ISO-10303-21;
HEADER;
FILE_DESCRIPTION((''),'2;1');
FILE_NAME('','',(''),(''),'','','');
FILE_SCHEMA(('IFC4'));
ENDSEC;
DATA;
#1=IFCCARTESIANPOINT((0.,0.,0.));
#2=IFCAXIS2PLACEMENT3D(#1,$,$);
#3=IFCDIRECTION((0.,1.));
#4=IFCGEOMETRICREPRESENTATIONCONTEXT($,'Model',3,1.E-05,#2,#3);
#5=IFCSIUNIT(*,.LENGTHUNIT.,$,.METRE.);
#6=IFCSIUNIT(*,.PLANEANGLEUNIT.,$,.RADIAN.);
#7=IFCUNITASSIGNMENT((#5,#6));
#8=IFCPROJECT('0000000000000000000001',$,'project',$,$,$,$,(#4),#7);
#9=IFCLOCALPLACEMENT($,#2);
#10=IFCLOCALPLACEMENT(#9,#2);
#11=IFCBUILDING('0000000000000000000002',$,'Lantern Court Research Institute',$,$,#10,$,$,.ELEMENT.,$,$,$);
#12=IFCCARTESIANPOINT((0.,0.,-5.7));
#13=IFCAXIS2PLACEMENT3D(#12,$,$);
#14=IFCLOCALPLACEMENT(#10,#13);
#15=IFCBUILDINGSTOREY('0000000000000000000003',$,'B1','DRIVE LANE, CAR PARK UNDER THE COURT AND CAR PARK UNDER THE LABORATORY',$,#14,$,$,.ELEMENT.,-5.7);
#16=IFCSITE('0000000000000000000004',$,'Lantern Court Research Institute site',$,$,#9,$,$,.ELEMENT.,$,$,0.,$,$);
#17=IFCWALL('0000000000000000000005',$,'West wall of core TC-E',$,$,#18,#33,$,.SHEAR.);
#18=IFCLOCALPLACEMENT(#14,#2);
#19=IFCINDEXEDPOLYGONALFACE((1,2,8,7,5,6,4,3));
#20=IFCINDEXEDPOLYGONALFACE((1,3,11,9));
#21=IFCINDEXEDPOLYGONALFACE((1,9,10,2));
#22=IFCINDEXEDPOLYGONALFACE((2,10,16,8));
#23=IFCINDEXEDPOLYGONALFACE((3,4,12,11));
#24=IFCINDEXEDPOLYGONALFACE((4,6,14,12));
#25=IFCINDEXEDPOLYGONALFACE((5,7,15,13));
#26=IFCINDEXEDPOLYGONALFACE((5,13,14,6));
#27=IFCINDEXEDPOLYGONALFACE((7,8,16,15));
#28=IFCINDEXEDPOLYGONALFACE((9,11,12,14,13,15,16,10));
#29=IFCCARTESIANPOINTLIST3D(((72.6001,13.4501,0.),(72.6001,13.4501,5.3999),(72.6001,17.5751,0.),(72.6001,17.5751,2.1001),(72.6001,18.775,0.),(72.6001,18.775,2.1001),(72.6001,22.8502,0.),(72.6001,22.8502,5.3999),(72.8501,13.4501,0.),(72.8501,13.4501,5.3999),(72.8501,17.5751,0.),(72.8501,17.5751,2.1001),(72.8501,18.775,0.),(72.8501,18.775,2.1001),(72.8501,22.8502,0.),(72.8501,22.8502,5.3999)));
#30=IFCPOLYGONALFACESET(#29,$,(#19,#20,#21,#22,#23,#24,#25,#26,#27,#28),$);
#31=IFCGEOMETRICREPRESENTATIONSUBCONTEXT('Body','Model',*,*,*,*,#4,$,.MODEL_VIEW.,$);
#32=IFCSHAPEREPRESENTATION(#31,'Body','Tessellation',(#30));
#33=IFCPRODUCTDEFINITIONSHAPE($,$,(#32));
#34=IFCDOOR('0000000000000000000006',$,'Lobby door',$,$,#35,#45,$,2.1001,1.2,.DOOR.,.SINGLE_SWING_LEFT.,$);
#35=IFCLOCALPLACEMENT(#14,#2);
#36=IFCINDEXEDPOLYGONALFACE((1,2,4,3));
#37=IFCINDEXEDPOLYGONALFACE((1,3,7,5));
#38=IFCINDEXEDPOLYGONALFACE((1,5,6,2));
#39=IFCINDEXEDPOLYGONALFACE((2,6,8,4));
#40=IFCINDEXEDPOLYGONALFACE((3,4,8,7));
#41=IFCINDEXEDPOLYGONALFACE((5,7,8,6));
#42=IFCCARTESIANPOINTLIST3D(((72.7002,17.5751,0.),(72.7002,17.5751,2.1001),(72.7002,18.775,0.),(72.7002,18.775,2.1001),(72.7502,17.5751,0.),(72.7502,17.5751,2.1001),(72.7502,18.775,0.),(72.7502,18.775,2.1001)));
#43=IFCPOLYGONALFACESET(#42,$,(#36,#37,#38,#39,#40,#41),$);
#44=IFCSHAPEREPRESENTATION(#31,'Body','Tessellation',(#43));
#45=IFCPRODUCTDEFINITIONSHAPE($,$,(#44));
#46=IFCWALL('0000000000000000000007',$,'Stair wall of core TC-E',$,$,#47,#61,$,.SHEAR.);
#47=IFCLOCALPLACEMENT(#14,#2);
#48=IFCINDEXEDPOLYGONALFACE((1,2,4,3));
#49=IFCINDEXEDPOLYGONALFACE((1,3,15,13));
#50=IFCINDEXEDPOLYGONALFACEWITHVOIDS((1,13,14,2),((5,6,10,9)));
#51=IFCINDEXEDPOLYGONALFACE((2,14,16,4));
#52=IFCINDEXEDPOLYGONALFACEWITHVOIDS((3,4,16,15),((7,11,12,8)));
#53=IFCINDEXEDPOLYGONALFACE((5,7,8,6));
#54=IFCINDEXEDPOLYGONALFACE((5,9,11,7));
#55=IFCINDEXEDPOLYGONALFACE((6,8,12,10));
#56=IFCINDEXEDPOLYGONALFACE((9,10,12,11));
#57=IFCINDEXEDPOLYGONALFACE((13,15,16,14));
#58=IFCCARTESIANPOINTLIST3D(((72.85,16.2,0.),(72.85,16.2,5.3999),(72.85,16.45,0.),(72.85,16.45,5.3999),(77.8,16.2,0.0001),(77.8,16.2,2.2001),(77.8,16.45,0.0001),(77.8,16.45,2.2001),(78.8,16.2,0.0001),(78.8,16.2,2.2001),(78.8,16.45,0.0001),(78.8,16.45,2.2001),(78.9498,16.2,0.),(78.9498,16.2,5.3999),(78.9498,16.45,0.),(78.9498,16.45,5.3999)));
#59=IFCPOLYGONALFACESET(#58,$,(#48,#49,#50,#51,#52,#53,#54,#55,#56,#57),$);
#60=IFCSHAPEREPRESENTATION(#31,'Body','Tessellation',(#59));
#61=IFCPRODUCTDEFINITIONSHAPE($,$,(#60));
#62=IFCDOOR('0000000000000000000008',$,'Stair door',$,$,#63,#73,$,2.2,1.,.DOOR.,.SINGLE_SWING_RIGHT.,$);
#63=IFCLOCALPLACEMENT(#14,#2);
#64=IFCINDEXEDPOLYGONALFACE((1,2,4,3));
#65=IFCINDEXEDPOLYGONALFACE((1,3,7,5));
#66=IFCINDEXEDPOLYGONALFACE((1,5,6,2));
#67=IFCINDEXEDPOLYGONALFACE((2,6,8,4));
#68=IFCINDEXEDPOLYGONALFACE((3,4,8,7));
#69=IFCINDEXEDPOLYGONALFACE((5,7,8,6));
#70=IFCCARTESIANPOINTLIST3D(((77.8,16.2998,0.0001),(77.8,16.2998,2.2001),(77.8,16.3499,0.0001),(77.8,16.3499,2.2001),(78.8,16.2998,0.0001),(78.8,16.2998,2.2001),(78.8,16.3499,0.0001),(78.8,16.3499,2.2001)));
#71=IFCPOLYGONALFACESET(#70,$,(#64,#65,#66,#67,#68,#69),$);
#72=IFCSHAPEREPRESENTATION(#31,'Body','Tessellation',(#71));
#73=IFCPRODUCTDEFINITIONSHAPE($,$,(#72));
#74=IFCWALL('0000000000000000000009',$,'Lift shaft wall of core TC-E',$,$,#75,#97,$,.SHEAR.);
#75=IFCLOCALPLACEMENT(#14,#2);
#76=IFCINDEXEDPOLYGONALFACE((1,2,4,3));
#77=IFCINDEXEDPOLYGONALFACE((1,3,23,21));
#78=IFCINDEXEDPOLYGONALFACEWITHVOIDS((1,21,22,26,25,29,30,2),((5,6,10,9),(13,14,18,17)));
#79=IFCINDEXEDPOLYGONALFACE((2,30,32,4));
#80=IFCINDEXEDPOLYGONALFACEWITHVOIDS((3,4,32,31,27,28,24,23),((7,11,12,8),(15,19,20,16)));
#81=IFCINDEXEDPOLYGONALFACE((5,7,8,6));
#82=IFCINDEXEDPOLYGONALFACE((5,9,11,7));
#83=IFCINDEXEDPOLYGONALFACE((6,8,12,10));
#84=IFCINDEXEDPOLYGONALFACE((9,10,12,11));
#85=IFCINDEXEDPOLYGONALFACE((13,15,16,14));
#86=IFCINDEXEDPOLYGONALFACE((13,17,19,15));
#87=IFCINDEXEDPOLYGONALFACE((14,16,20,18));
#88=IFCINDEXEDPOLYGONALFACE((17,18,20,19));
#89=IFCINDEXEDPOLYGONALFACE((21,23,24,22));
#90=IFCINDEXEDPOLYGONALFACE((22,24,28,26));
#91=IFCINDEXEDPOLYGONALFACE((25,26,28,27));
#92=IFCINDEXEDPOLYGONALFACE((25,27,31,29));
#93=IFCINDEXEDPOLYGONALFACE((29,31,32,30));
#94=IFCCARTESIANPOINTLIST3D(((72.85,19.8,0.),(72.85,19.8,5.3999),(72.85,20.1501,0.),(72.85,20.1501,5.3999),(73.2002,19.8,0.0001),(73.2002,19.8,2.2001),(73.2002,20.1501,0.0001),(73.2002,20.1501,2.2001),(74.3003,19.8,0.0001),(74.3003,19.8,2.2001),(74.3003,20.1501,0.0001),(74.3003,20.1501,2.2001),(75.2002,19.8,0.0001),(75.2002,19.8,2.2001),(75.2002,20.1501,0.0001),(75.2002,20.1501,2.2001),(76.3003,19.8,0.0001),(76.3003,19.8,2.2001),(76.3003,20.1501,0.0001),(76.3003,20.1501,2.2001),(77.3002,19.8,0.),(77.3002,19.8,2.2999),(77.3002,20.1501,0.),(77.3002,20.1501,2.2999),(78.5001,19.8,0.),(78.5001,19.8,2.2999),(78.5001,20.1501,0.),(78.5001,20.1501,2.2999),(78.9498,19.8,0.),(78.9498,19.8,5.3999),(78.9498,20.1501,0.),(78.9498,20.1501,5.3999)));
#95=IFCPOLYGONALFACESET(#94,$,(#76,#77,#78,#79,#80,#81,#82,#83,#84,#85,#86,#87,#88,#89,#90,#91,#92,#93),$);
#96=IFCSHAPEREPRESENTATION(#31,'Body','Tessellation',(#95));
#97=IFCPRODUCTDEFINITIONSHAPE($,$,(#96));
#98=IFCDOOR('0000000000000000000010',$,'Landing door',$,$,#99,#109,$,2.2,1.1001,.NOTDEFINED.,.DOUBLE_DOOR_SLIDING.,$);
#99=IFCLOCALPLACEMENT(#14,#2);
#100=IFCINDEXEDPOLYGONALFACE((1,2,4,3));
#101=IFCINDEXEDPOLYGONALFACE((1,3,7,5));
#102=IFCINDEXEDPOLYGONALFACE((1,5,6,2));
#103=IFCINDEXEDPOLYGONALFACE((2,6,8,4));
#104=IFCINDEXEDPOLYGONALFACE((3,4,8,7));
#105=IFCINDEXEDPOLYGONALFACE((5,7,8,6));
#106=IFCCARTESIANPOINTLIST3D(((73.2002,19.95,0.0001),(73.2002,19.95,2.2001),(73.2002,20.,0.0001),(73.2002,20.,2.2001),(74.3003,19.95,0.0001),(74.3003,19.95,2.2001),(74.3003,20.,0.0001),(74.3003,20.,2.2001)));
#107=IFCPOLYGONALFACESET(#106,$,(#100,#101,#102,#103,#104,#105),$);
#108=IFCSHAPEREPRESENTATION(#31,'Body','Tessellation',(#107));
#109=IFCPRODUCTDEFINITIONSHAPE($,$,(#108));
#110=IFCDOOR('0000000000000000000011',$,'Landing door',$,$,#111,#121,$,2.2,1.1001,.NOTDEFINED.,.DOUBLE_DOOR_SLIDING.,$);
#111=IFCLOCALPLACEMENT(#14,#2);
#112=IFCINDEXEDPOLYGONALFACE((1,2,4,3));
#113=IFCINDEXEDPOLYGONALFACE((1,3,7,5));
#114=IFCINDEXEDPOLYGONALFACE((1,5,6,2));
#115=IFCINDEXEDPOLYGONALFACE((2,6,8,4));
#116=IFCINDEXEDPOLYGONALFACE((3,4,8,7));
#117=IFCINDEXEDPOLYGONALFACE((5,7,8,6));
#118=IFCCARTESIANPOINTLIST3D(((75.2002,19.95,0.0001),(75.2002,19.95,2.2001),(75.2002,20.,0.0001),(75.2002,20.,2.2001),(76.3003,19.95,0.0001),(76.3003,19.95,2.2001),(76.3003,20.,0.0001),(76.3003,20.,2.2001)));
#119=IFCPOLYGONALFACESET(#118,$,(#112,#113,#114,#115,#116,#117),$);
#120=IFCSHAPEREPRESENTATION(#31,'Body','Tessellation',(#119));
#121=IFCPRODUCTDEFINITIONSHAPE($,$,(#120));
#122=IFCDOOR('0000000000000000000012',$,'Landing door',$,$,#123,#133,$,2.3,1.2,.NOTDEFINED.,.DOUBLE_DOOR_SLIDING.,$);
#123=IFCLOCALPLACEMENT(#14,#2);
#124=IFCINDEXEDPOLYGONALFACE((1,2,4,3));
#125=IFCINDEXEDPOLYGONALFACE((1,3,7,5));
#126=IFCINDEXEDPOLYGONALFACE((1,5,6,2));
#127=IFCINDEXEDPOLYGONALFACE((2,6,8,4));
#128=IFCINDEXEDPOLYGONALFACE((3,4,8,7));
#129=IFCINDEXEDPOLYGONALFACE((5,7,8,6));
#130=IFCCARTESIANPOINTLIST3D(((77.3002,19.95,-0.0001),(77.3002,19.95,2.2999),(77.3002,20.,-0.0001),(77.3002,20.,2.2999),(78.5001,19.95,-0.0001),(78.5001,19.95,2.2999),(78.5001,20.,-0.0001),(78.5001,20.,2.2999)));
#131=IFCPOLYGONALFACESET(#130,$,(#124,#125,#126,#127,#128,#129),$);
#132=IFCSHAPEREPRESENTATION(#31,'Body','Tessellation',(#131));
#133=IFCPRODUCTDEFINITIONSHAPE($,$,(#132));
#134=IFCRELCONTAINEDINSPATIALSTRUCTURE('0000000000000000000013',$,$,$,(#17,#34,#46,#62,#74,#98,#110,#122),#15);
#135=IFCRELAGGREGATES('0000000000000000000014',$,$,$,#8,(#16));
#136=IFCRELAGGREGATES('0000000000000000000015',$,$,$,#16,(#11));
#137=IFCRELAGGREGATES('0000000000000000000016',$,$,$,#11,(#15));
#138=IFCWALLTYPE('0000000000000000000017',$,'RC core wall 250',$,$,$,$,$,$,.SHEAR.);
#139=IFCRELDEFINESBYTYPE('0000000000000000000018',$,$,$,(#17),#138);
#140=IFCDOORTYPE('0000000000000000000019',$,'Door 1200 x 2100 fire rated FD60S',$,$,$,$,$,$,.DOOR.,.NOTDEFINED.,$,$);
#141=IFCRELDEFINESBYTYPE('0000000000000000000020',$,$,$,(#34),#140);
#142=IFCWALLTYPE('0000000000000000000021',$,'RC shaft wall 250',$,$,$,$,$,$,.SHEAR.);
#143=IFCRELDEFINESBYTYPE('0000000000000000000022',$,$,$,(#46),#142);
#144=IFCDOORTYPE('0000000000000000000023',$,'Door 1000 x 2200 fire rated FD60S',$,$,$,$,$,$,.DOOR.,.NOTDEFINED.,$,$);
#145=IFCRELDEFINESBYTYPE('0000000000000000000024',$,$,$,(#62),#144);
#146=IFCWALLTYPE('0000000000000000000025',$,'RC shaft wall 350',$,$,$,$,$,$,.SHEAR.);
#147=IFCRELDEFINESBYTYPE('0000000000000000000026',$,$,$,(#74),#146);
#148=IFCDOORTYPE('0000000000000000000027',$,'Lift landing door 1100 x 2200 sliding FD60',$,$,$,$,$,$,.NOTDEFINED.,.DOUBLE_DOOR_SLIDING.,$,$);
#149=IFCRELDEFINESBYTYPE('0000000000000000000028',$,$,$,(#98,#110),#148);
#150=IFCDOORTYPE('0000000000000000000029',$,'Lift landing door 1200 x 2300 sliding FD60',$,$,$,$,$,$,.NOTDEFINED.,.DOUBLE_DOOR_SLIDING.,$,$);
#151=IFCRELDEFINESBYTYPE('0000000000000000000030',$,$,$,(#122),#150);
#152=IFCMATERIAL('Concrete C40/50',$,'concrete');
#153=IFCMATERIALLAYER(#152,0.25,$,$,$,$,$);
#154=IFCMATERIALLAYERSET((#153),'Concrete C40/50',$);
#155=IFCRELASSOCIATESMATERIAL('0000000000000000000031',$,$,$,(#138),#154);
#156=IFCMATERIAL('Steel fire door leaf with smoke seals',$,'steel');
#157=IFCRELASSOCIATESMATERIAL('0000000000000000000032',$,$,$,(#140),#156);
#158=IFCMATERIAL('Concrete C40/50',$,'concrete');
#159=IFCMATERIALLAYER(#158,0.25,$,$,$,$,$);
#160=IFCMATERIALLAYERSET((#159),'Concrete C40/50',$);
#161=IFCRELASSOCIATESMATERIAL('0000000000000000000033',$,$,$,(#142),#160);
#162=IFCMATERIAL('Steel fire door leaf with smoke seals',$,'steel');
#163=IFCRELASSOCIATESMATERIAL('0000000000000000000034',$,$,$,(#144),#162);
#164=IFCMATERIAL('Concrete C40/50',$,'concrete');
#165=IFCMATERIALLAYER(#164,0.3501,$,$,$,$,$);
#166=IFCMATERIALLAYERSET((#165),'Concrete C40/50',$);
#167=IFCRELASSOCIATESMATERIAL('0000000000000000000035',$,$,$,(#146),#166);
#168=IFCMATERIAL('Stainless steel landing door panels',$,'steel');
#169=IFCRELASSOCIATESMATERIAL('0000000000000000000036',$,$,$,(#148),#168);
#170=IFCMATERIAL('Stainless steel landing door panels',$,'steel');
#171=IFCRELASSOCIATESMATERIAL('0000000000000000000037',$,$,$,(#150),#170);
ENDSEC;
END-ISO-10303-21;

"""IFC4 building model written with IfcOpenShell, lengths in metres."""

from ifc_helpers import new_model, si_unit, direction, frame, frame_2d, origin, place, context, subcontext, project, spatial, rectangle, extrude, material, layer, layer_set, type_object, element, fill, save


model = new_model("IFC4")

# Units and contexts
model_context = context("Model", 3, precision=1e-05, world=origin(), true_north=direction((0.0, 1.0)))
body_context = subcontext(model_context, "Body", "Model", "MODEL_VIEW")
ifc_project = project(units=[si_unit("LENGTHUNIT", "METRE"), si_unit("PLANEANGLEUNIT", "RADIAN")], contexts=[model_context])

# Site, building, storey
site_placement = place(None, origin())
site = spatial("IfcSite", under=ifc_project, at=site_placement, Name="Lantern Court Research Institute site", CompositionType="ELEMENT", RefElevation=0.0)
building_placement = place(site_placement, origin())
building = spatial("IfcBuilding", under=site, at=building_placement, Name="Lantern Court Research Institute", CompositionType="ELEMENT")
storey_placement = place(building_placement, frame((0.0, 0.0, -5.7)))
storey = spatial("IfcBuildingStorey", under=building, at=storey_placement, Name="B1", Description="DRIVE LANE, CAR PARK UNDER THE COURT AND CAR PARK UNDER THE LABORATORY", CompositionType="ELEMENT", Elevation=-5.7)

# Shared definitions
ifc_material_1 = material(Name="Concrete C40/50", Category="concrete")
ifc_layer_1 = layer(ifc_material_1, 0.25)
ifc_layer_set_1 = layer_set([ifc_layer_1], Name="Concrete C40/50")
wall_type_1 = type_object("IfcWallType", Name="RC core wall 250", PredefinedType="SHEAR", material=ifc_layer_set_1)

# Walls, openings, doors
wall_1_placement = place(storey_placement, frame((72.7251, 13.45, 0.0), z_axis=(0.0, 0.0, 1.0), x_axis=(0.0, 1.0, 0.0)))
wall_1 = element("IfcWall", 1, at=wall_1_placement, inside=storey, type_object=wall_type_1, Name="West wall of core TC-E", PredefinedType="SHEAR", context=body_context, shape_type="SweptSolid", body=[
    extrude(rectangle(XDim=9.4001, YDim=0.25, at=frame_2d((4.7002, 0.0))), origin(), (0.0, 0.0, 1.0), 5.3999),
])
opening_1_placement = place(wall_1_placement, frame((4.125, 0.0, 0.0)))
opening_1 = element("IfcOpeningElement", 2, at=opening_1_placement, cuts=wall_1, PredefinedType="OPENING", context=body_context, shape_type="SweptSolid", body=[
    extrude(rectangle(XDim=1.2, YDim=2.1001, at=frame_2d((0.6001, 1.05))), frame((0.0, 0.135, 0.0), z_axis=(0.0, -1.0, 0.0), x_axis=(1.0, 0.0, 0.0)), (0.0, 0.0, 1.0), 0.27),
])
ifc_material_2 = material(Name="Steel fire door leaf with smoke seals", Category="steel")
door_type_1 = type_object("IfcDoorType", Name="Door 1200 x 2100 fire rated FD60S", OperationType="NOTDEFINED", PredefinedType="DOOR", material=ifc_material_2)
door_1_placement = place(opening_1_placement, origin())
door_1 = element("IfcDoor", 3, at=door_1_placement, inside=storey, type_object=door_type_1, Name="Lobby door", OperationType="SINGLE_SWING_LEFT", OverallHeight=2.1001, OverallWidth=1.2, PredefinedType="DOOR", context=body_context, shape_type="SweptSolid", body=[
    extrude(rectangle(XDim=1.2, YDim=2.1001, at=frame_2d((0.6001, 1.05))), frame((0.0, 0.0249, 0.0), z_axis=(0.0, -1.0, 0.0), x_axis=(1.0, 0.0, 0.0)), (0.0, 0.0, 1.0), 0.05),
])
fill(opening_1, door_1)
ifc_material_3 = material(Name="Concrete C40/50", Category="concrete")
ifc_layer_2 = layer(ifc_material_3, 0.25)
ifc_layer_set_2 = layer_set([ifc_layer_2], Name="Concrete C40/50")
wall_type_2 = type_object("IfcWallType", Name="RC shaft wall 250", PredefinedType="SHEAR", material=ifc_layer_set_2)
wall_2_placement = place(storey_placement, frame((72.8501, 16.325, 0.0), z_axis=(0.0, 0.0, 1.0), x_axis=(1.0, 0.0, 0.0)))
wall_2 = element("IfcWall", 4, at=wall_2_placement, inside=storey, type_object=wall_type_2, Name="Stair wall of core TC-E", PredefinedType="SHEAR", context=body_context, shape_type="SweptSolid", body=[
    extrude(rectangle(XDim=6.0999, YDim=0.25, at=frame_2d((3.0498, 0.0))), origin(), (0.0, 0.0, 1.0), 5.3999),
])
opening_2_placement = place(wall_2_placement, frame((4.95, 0.0, 0.0)))
opening_2 = element("IfcOpeningElement", 5, at=opening_2_placement, cuts=wall_2, PredefinedType="OPENING", context=body_context, shape_type="SweptSolid", body=[
    extrude(rectangle(XDim=1.0, YDim=2.2, at=frame_2d((0.5, 1.1001))), frame((0.0, 0.135, 0.0), z_axis=(0.0, -1.0, 0.0), x_axis=(1.0, 0.0, 0.0)), (0.0, 0.0, 1.0), 0.27),
])
ifc_material_4 = material(Name="Steel fire door leaf with smoke seals", Category="steel")
door_type_2 = type_object("IfcDoorType", Name="Door 1000 x 2200 fire rated FD60S", OperationType="NOTDEFINED", PredefinedType="DOOR", material=ifc_material_4)
door_2_placement = place(opening_2_placement, origin())
door_2 = element("IfcDoor", 6, at=door_2_placement, inside=storey, type_object=door_type_2, Name="Stair door", OperationType="SINGLE_SWING_RIGHT", OverallHeight=2.2, OverallWidth=1.0, PredefinedType="DOOR", context=body_context, shape_type="SweptSolid", body=[
    extrude(rectangle(XDim=1.0, YDim=2.2, at=frame_2d((0.5, 1.1001))), frame((0.0, 0.0249, 0.0), z_axis=(0.0, -1.0, 0.0), x_axis=(1.0, 0.0, 0.0)), (0.0, 0.0, 1.0), 0.05),
])
fill(opening_2, door_2)

# Wall, openings, doors
ifc_material_5 = material(Name="Concrete C40/50", Category="concrete")
ifc_layer_3 = layer(ifc_material_5, 0.3501)
ifc_layer_set_3 = layer_set([ifc_layer_3], Name="Concrete C40/50")
wall_type_3 = type_object("IfcWallType", Name="RC shaft wall 350", PredefinedType="SHEAR", material=ifc_layer_set_3)
wall_3_placement = place(storey_placement, frame((72.8501, 19.9751, 0.0), z_axis=(0.0, 0.0, 1.0), x_axis=(1.0, 0.0, 0.0)))
wall_3 = element("IfcWall", 7, at=wall_3_placement, inside=storey, type_object=wall_type_3, Name="Lift shaft wall of core TC-E", PredefinedType="SHEAR", context=body_context, shape_type="SweptSolid", body=[
    extrude(rectangle(XDim=6.0999, YDim=0.3501, at=frame_2d((3.0498, 0.0))), origin(), (0.0, 0.0, 1.0), 5.3999),
])
opening_3_placement = place(wall_3_placement, frame((0.3501, 0.0, 0.0)))
opening_3 = element("IfcOpeningElement", 8, at=opening_3_placement, cuts=wall_3, PredefinedType="OPENING", context=body_context, shape_type="SweptSolid", body=[
    extrude(rectangle(XDim=1.1001, YDim=2.2, at=frame_2d((0.55, 1.1001))), frame((0.0, 0.1851, 0.0), z_axis=(0.0, -1.0, 0.0), x_axis=(1.0, 0.0, 0.0)), (0.0, 0.0, 1.0), 0.3701),
])
opening_4_placement = place(wall_3_placement, frame((2.3501, 0.0, 0.0)))
opening_4 = element("IfcOpeningElement", 9, at=opening_4_placement, cuts=wall_3, PredefinedType="OPENING", context=body_context, shape_type="SweptSolid", body=[
    extrude(rectangle(XDim=1.1001, YDim=2.2, at=frame_2d((0.55, 1.1001))), frame((0.0, 0.1851, 0.0), z_axis=(0.0, -1.0, 0.0), x_axis=(1.0, 0.0, 0.0)), (0.0, 0.0, 1.0), 0.3701),
])
opening_5_placement = place(wall_3_placement, frame((4.45, 0.0, 0.0)))
opening_5 = element("IfcOpeningElement", 10, at=opening_5_placement, cuts=wall_3, PredefinedType="OPENING", context=body_context, shape_type="SweptSolid", body=[
    extrude(rectangle(XDim=1.2, YDim=2.3, at=frame_2d((0.6001, 1.1499))), frame((0.0, 0.1851, 0.0), z_axis=(0.0, -1.0, 0.0), x_axis=(1.0, 0.0, 0.0)), (0.0, 0.0, 1.0), 0.3701),
])
ifc_material_6 = material(Name="Stainless steel landing door panels", Category="steel")
door_type_3 = type_object("IfcDoorType", Name="Lift landing door 1100 x 2200 sliding FD60", OperationType="DOUBLE_DOOR_SLIDING", PredefinedType="NOTDEFINED", material=ifc_material_6)
door_3_placement = place(opening_3_placement, origin())
door_3 = element("IfcDoor", 11, at=door_3_placement, inside=storey, type_object=door_type_3, Name="Landing door", OperationType="DOUBLE_DOOR_SLIDING", OverallHeight=2.2, OverallWidth=1.1001, PredefinedType="NOTDEFINED", context=body_context, shape_type="SweptSolid", body=[
    extrude(rectangle(XDim=1.1001, YDim=2.2, at=frame_2d((0.55, 1.1001))), frame((0.0, 0.0249, 0.0), z_axis=(0.0, -1.0, 0.0), x_axis=(1.0, 0.0, 0.0)), (0.0, 0.0, 1.0), 0.05),
])
fill(opening_3, door_3)
door_4_placement = place(opening_4_placement, origin())
door_4 = element("IfcDoor", 12, at=door_4_placement, inside=storey, type_object=door_type_3, Name="Landing door", OperationType="DOUBLE_DOOR_SLIDING", OverallHeight=2.2, OverallWidth=1.1001, PredefinedType="NOTDEFINED", context=body_context, shape_type="SweptSolid", body=[
    extrude(rectangle(XDim=1.1001, YDim=2.2, at=frame_2d((0.55, 1.1001))), frame((0.0, 0.0249, 0.0), z_axis=(0.0, -1.0, 0.0), x_axis=(1.0, 0.0, 0.0)), (0.0, 0.0, 1.0), 0.05),
])
fill(opening_4, door_4)
ifc_material_7 = material(Name="Stainless steel landing door panels", Category="steel")
door_type_4 = type_object("IfcDoorType", Name="Lift landing door 1200 x 2300 sliding FD60", OperationType="DOUBLE_DOOR_SLIDING", PredefinedType="NOTDEFINED", material=ifc_material_7)
door_5_placement = place(opening_5_placement, origin())
door_5 = element("IfcDoor", 13, at=door_5_placement, inside=storey, type_object=door_type_4, Name="Landing door", OperationType="DOUBLE_DOOR_SLIDING", OverallHeight=2.3, OverallWidth=1.2, PredefinedType="NOTDEFINED", context=body_context, shape_type="SweptSolid", body=[
    extrude(rectangle(XDim=1.2, YDim=2.3, at=frame_2d((0.6001, 1.1499))), frame((0.0, 0.0249, 0.0), z_axis=(0.0, -1.0, 0.0), x_axis=(1.0, 0.0, 0.0)), (0.0, 0.0, 1.0), 0.05),
])
fill(opening_5, door_5)

save(model, "model.ifc")
